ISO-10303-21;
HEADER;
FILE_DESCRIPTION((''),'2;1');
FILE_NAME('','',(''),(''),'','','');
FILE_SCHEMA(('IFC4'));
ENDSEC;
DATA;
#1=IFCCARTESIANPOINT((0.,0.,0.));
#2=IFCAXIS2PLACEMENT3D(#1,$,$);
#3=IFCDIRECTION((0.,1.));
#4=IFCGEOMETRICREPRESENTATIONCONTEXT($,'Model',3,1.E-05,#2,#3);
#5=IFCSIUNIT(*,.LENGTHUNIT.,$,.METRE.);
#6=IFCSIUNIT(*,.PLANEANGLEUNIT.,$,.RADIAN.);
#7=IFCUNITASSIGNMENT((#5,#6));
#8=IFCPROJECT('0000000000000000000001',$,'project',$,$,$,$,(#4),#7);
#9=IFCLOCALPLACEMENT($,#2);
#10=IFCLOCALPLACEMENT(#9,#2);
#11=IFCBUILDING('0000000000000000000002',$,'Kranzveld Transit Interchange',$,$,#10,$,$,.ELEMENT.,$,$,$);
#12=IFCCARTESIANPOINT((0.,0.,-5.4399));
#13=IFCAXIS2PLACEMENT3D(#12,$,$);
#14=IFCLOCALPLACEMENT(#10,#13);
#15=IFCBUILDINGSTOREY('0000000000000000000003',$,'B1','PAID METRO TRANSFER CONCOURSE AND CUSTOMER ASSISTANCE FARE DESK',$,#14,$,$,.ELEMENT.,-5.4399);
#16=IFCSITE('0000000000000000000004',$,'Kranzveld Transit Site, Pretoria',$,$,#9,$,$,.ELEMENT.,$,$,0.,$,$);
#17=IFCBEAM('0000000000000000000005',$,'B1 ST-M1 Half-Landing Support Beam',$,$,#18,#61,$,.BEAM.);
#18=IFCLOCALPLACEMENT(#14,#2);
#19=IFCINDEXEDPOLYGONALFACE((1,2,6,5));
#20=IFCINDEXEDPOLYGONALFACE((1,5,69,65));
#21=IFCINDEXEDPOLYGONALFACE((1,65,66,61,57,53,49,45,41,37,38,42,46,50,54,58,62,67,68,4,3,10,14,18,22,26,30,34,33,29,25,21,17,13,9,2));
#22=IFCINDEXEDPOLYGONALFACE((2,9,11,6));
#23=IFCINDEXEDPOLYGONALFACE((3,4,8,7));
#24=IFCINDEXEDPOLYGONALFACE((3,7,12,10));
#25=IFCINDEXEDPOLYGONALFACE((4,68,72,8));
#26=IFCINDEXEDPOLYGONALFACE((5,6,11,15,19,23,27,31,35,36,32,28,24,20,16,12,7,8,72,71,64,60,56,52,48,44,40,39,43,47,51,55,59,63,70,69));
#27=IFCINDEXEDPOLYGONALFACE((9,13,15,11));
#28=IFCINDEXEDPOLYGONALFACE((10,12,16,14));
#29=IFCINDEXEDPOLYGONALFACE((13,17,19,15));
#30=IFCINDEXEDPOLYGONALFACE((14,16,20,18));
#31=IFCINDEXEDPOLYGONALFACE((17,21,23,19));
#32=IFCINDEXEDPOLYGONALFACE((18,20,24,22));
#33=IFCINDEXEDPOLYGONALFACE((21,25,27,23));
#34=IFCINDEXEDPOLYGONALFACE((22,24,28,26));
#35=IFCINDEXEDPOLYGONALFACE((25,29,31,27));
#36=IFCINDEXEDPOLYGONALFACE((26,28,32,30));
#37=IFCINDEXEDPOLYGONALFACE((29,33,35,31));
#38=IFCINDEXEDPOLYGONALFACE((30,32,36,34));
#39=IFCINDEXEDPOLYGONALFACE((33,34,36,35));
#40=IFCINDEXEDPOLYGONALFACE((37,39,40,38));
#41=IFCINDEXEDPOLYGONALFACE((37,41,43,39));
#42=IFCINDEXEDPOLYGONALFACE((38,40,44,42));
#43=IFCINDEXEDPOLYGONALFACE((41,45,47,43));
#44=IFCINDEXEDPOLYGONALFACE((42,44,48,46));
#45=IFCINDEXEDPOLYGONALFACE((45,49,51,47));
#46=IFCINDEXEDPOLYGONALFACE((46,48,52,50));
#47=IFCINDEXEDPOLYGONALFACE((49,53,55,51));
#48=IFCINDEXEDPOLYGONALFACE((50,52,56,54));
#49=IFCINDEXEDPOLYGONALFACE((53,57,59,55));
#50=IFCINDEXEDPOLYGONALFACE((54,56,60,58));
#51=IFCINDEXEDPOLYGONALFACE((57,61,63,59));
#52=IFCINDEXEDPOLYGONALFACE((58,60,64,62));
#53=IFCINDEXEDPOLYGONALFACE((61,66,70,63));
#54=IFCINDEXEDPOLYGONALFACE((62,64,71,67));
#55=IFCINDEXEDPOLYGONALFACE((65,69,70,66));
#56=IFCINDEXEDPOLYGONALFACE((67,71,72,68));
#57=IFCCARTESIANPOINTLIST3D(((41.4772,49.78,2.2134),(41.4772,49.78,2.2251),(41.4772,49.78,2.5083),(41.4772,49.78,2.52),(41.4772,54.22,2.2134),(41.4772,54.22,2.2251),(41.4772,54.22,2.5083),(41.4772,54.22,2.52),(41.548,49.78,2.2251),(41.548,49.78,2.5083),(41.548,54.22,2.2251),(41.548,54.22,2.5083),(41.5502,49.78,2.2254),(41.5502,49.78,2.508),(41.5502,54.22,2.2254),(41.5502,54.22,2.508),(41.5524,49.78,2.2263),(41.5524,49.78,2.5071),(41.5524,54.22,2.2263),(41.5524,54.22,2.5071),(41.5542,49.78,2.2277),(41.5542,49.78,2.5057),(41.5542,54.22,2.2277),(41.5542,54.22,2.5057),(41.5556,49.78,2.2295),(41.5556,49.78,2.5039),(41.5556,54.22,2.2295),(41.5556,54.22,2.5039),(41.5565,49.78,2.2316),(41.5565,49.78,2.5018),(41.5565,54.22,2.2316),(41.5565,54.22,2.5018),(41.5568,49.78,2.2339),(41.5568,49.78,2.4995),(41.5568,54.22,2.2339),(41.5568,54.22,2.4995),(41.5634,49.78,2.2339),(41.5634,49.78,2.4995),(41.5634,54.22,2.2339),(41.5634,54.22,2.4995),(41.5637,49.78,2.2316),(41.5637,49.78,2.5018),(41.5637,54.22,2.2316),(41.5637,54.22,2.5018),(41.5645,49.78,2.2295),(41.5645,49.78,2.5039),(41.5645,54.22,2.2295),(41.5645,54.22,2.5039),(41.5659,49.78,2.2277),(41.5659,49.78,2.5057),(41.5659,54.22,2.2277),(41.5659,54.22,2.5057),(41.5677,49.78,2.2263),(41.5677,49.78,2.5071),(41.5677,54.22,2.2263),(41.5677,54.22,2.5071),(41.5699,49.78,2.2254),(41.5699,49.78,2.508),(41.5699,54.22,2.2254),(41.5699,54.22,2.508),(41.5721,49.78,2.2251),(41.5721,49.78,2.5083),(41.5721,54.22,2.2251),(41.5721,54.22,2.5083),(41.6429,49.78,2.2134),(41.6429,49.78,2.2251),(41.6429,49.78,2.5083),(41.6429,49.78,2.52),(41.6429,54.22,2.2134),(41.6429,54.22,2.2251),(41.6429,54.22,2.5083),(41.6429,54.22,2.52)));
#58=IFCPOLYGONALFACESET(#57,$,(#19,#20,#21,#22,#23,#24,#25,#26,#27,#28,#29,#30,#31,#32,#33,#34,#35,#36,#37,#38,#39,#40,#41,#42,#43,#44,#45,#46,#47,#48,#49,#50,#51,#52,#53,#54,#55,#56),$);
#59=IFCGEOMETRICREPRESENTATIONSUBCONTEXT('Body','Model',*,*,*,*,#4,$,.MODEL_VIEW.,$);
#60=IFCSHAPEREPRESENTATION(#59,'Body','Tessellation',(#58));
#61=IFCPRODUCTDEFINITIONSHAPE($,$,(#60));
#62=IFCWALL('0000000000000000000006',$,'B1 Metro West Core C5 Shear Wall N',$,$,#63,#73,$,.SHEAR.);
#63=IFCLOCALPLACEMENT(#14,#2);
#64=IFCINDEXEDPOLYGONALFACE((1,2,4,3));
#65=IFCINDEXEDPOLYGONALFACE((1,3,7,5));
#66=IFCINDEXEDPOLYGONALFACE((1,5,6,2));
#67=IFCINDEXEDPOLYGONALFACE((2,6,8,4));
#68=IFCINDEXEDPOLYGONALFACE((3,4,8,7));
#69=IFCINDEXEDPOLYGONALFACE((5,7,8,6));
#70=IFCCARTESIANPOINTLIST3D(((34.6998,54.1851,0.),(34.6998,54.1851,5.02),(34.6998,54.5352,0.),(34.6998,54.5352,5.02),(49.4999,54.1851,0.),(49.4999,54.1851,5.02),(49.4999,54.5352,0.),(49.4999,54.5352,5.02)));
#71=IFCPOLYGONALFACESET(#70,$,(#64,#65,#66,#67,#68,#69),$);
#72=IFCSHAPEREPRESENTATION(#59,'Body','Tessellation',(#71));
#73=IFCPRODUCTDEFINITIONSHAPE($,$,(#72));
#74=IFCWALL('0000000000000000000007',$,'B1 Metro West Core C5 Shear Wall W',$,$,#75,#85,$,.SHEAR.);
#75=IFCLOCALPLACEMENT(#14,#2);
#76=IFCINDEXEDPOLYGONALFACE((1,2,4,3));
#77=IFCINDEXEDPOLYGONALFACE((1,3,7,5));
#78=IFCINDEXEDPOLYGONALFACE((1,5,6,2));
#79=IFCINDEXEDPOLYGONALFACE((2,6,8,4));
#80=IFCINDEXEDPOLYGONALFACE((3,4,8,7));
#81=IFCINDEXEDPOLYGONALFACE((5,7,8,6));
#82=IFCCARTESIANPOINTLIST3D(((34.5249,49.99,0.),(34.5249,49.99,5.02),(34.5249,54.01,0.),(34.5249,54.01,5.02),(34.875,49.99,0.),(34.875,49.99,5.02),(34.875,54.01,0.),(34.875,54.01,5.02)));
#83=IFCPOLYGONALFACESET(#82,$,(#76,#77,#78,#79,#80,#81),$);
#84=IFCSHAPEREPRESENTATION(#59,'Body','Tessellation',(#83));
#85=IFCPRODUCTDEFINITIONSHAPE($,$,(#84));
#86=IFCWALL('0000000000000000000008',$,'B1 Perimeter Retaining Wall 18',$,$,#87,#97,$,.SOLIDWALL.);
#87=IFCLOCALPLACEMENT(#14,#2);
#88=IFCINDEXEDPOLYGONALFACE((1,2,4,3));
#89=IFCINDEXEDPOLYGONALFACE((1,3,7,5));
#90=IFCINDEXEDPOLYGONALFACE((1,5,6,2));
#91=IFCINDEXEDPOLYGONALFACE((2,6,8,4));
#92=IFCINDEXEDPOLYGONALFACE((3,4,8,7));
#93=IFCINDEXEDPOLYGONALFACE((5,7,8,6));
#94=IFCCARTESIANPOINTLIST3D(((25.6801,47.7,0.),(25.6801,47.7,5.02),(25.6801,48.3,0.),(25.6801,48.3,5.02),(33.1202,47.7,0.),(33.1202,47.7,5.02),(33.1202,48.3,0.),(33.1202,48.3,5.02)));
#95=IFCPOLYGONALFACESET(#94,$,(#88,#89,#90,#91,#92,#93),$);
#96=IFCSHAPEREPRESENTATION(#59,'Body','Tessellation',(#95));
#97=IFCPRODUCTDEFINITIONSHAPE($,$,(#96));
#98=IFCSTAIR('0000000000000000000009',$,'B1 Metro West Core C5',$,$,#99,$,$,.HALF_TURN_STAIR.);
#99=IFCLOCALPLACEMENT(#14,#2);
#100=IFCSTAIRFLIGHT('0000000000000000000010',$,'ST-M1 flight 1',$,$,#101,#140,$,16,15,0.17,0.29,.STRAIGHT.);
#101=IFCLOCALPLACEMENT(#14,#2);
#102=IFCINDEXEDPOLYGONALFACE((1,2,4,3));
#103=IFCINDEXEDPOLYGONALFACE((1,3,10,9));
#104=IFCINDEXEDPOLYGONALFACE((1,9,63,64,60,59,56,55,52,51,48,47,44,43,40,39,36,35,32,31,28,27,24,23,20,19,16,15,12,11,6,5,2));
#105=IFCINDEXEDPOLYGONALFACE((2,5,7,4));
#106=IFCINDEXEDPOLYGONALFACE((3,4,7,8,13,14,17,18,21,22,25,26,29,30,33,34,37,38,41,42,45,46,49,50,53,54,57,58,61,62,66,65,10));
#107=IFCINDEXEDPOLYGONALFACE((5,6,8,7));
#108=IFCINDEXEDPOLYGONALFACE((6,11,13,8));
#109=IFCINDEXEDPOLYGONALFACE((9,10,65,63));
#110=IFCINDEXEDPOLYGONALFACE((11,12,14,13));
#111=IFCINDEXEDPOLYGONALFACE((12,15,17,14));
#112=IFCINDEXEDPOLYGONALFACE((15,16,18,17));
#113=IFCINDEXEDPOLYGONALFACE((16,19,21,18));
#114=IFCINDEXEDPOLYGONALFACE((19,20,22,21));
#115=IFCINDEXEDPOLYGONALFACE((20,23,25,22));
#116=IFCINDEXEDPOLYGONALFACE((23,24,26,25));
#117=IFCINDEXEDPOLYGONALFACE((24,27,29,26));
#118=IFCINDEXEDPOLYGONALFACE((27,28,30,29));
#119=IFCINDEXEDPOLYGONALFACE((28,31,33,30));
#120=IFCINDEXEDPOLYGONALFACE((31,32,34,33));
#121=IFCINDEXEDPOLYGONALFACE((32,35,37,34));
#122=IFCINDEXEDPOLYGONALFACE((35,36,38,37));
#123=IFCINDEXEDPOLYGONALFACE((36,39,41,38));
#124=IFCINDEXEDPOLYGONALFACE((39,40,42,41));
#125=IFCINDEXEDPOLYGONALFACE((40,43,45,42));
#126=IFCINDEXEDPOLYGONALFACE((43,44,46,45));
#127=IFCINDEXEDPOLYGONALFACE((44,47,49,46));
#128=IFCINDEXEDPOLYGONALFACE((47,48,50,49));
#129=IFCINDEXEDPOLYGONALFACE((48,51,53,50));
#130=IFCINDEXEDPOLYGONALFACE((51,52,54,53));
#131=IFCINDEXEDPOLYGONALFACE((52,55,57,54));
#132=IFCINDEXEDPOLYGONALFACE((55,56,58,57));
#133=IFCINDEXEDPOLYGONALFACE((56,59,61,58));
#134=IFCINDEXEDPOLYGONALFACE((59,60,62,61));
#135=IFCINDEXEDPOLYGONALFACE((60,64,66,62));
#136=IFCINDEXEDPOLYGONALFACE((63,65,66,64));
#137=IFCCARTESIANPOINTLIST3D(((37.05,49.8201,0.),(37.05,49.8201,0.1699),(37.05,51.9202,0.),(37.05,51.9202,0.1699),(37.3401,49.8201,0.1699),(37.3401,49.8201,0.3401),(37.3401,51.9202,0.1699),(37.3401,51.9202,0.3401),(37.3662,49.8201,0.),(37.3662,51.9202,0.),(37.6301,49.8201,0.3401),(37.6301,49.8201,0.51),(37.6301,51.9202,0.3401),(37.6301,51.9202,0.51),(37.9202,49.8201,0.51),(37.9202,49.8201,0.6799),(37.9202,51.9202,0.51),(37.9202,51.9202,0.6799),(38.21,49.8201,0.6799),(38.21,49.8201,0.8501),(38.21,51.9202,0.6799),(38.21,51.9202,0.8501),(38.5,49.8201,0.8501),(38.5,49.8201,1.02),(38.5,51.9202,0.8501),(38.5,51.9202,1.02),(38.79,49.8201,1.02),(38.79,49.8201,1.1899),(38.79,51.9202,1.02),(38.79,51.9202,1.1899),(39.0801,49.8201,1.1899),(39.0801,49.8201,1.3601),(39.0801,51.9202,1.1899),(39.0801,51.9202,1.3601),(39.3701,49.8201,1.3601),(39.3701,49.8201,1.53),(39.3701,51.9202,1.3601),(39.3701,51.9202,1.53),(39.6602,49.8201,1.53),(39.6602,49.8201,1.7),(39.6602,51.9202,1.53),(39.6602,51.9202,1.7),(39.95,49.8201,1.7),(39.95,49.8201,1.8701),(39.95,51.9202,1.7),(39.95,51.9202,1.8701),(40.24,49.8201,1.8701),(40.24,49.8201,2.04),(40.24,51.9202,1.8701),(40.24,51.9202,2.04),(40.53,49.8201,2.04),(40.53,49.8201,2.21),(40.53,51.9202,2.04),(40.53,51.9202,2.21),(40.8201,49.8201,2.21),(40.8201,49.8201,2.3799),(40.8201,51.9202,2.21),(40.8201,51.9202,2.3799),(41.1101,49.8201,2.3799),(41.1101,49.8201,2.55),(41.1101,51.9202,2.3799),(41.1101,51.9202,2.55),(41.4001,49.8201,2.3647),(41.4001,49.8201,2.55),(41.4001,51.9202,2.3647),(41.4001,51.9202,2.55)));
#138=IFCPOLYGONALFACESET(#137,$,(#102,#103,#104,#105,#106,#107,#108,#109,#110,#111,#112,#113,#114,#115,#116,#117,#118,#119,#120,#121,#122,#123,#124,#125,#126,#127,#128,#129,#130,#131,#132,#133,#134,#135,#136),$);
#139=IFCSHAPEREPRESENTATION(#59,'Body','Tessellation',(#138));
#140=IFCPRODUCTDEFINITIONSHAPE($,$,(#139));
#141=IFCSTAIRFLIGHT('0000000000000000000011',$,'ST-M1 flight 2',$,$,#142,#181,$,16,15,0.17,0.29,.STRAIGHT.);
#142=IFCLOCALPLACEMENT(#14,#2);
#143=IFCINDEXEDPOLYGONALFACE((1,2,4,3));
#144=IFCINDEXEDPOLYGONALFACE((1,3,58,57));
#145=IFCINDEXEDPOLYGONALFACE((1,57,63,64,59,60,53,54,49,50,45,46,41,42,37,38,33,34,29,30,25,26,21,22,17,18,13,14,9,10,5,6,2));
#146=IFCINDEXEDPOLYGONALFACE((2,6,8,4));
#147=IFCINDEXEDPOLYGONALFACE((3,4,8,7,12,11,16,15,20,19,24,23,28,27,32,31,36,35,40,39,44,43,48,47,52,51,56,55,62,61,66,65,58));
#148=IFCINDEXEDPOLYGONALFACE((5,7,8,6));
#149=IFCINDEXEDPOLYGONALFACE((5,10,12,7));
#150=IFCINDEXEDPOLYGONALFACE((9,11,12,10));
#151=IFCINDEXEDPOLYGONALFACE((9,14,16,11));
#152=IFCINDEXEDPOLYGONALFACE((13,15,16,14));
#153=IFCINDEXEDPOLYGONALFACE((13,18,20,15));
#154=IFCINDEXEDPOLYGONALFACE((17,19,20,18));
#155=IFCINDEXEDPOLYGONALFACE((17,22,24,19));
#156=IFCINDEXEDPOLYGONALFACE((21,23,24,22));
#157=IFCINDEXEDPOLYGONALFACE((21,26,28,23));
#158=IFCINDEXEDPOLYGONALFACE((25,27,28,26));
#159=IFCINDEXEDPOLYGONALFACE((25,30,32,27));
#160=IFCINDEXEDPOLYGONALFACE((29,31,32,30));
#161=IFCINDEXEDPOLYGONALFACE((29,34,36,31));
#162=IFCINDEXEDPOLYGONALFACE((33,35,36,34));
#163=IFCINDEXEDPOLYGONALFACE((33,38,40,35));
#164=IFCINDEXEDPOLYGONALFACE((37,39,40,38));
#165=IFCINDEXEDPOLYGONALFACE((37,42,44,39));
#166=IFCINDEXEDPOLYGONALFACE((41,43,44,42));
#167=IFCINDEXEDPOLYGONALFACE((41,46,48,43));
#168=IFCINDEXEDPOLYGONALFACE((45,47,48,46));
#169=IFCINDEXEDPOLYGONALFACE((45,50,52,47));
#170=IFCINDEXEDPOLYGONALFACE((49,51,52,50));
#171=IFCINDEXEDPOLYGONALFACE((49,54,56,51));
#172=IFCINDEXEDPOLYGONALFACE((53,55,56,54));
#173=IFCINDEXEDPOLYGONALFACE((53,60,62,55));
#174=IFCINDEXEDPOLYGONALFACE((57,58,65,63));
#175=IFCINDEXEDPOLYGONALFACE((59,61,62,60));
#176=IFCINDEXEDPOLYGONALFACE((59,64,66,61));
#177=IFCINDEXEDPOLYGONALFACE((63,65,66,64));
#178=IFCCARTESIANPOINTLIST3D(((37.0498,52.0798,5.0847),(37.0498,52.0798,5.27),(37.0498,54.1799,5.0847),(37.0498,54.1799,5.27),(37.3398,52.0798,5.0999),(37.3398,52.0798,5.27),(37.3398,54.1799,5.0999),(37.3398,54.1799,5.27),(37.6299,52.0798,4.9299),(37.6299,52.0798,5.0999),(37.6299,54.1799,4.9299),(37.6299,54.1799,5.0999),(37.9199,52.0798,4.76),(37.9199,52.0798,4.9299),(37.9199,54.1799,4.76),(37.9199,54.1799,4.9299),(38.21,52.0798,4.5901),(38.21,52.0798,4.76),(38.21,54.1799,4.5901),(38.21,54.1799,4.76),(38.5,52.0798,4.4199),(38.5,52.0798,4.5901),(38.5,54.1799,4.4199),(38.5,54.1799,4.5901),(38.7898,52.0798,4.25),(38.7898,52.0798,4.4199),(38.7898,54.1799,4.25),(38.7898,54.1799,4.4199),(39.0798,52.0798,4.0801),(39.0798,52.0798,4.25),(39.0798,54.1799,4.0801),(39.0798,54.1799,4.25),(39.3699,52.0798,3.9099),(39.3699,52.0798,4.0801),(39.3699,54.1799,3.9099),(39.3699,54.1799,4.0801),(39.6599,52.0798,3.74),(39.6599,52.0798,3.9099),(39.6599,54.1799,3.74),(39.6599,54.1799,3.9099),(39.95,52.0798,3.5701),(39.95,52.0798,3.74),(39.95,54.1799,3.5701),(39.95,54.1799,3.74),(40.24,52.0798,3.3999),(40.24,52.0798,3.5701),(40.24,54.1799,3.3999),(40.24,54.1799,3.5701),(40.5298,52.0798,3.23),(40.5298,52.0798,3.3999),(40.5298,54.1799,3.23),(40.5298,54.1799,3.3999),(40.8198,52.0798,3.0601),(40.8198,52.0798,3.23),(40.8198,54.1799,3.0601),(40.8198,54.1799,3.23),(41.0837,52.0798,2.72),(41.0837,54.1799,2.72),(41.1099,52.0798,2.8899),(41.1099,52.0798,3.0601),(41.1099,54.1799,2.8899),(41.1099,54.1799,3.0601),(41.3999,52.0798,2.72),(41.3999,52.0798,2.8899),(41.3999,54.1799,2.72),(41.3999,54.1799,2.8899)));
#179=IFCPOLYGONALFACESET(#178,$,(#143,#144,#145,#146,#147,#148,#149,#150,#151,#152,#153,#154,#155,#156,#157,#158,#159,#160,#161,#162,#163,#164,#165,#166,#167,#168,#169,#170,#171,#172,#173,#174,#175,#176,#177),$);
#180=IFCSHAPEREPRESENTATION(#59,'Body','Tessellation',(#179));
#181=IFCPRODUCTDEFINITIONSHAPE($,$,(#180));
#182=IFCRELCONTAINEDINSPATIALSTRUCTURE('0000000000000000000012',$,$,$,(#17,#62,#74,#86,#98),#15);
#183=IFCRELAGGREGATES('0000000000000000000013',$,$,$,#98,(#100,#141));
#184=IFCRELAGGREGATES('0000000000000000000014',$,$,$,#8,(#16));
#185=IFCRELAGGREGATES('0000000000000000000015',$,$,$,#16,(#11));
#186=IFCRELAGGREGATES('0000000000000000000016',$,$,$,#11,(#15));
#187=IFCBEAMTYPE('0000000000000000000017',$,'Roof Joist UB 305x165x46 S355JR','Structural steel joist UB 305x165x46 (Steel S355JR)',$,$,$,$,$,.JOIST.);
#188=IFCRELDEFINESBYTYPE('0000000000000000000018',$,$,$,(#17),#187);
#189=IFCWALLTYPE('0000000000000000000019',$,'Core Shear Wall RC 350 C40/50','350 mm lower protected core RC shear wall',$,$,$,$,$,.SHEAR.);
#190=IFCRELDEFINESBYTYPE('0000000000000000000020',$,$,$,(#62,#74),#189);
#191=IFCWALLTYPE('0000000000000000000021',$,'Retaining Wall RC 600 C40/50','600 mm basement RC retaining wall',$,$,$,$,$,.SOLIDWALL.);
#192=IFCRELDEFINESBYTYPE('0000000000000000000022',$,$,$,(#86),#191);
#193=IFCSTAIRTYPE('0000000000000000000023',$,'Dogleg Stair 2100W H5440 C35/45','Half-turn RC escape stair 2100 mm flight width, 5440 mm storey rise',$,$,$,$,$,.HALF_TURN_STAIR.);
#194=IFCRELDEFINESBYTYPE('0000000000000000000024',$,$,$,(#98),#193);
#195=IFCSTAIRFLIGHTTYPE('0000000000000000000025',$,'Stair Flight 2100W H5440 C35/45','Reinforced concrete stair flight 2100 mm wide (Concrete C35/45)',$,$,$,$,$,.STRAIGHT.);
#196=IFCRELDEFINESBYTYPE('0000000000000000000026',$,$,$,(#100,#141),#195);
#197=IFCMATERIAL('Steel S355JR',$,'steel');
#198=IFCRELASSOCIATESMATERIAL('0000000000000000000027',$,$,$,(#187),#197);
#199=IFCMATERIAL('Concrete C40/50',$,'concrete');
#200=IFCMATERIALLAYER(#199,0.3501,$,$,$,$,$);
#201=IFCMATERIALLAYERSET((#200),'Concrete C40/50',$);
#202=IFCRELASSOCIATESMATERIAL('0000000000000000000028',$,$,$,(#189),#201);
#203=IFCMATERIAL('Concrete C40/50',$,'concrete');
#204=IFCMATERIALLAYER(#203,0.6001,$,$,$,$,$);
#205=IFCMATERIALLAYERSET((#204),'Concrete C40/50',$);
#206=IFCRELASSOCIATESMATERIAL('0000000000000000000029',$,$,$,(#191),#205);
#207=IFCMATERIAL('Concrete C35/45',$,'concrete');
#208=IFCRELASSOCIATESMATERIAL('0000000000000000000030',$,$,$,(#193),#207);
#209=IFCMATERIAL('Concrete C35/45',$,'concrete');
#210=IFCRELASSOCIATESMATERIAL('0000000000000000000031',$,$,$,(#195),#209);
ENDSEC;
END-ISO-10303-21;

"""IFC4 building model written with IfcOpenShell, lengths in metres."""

from ifc_helpers import new_model, si_unit, direction, frame, frame_2d, origin, origin_2d, place, context, subcontext, project, spatial, polyline, rectangle, i_section, outline, extrude, material, layer, layer_set, material_profile, profile_set, type_object, element, aggregate, save


model = new_model("IFC4")

# Units and contexts
model_context = context("Model", 3, precision=1e-05, world=origin(), true_north=direction((0.0, 1.0)))
body_context = subcontext(model_context, "Body", "Model", "MODEL_VIEW")
ifc_project = project(units=[si_unit("LENGTHUNIT", "METRE"), si_unit("PLANEANGLEUNIT", "RADIAN")], contexts=[model_context])

# Site, building, storey
site_placement = place(None, origin())
site = spatial("IfcSite", under=ifc_project, at=site_placement, Name="Kranzveld Transit Site, Pretoria", CompositionType="ELEMENT", RefElevation=0.0)
building_placement = place(site_placement, origin())
building = spatial("IfcBuilding", under=site, at=building_placement, Name="Kranzveld Transit Interchange", CompositionType="ELEMENT")
storey_placement = place(building_placement, frame((0.0, 0.0, -5.4399)))
storey = spatial("IfcBuildingStorey", under=building, at=storey_placement, Name="B1", Description="PAID METRO TRANSFER CONCOURSE AND CUSTOMER ASSISTANCE FARE DESK", CompositionType="ELEMENT", Elevation=-5.4399)

# Beam
ifc_material_1 = material(Name="Steel S355JR", Category="steel")
ifc_material_profile_1 = material_profile(ifc_material_1, i_section(OverallWidth=0.1658, OverallDepth=0.3066, WebThickness=0.0066, FlangeThickness=0.0117, FilletRadius=0.0088, at=origin_2d()), Name="UB 305x165x46")
ifc_profile_set_1 = profile_set([ifc_material_profile_1], Name="Steel S355JR")
beam_type_1 = type_object("IfcBeamType", Name="Roof Joist UB 305x165x46 S355JR", Description="Structural steel joist UB 305x165x46 (Steel S355JR)", PredefinedType="JOIST", material=ifc_profile_set_1)
beam_1_placement = place(storey_placement, frame((41.5601, 49.78, 2.3667), z_axis=(0.0, 1.0, 0.0), x_axis=(-1.0, 0.0, 0.0)))
element("IfcBeam", 1, at=beam_1_placement, inside=storey, type_object=beam_type_1, Name="B1 ST-M1 Half-Landing Support Beam", PredefinedType="BEAM", context=body_context, shape_type="SweptSolid", body=[
    extrude(i_section(OverallWidth=0.1658, OverallDepth=0.3066, WebThickness=0.0066, FlangeThickness=0.0117, FilletRadius=0.0088, at=origin_2d()), origin(), (0.0, 0.0, 1.0), 4.4399),
])

# Shared definitions
ifc_material_2 = material(Name="Concrete C40/50", Category="concrete")
ifc_layer_1 = layer(ifc_material_2, 0.3501)
ifc_layer_set_1 = layer_set([ifc_layer_1], Name="Concrete C40/50")
wall_type_1 = type_object("IfcWallType", Name="Core Shear Wall RC 350 C40/50", Description="350 mm lower protected core RC shear wall", PredefinedType="SHEAR", material=ifc_layer_set_1)

# Walls
wall_1_placement = place(storey_placement, frame((34.7, 54.3601, 0.0), z_axis=(0.0, 0.0, 1.0), x_axis=(1.0, 0.0, 0.0)))
element("IfcWall", 2, at=wall_1_placement, inside=storey, type_object=wall_type_1, Name="B1 Metro West Core C5 Shear Wall N", PredefinedType="SHEAR", context=body_context, shape_type="SweptSolid", body=[
    extrude(rectangle(XDim=14.8, YDim=0.3501, at=frame_2d((7.3999, 0.0))), origin(), (0.0, 0.0, 1.0), 5.02),
])
wall_2_placement = place(storey_placement, frame((34.7, 49.99, 0.0), z_axis=(0.0, 0.0, 1.0), x_axis=(0.0, 1.0, 0.0)))
element("IfcWall", 3, at=wall_2_placement, inside=storey, type_object=wall_type_1, Name="B1 Metro West Core C5 Shear Wall W", PredefinedType="SHEAR", context=body_context, shape_type="SweptSolid", body=[
    extrude(rectangle(XDim=4.02, YDim=0.3501, at=frame_2d((2.01, 0.0))), origin(), (0.0, 0.0, 1.0), 5.02),
])
ifc_material_3 = material(Name="Concrete C40/50", Category="concrete")
ifc_layer_2 = layer(ifc_material_3, 0.6001)
ifc_layer_set_2 = layer_set([ifc_layer_2], Name="Concrete C40/50")
wall_type_2 = type_object("IfcWallType", Name="Retaining Wall RC 600 C40/50", Description="600 mm basement RC retaining wall", PredefinedType="SOLIDWALL", material=ifc_layer_set_2)
wall_3_placement = place(storey_placement, frame((25.6799, 48.0, 0.0), z_axis=(0.0, 0.0, 1.0), x_axis=(1.0, 0.0, 0.0)))
element("IfcWall", 4, at=wall_3_placement, inside=storey, type_object=wall_type_2, Name="B1 Perimeter Retaining Wall 18", PredefinedType="SOLIDWALL", context=body_context, shape_type="SweptSolid", body=[
    extrude(rectangle(XDim=7.4402, YDim=0.6001, at=frame_2d((3.7202, 0.0))), origin(), (0.0, 0.0, 1.0), 5.02),
])

# Stair, stair flights
ifc_material_4 = material(Name="Concrete C35/45", Category="concrete")
stair_type = type_object("IfcStairType", Name="Dogleg Stair 2100W H5440 C35/45", Description="Half-turn RC escape stair 2100 mm flight width, 5440 mm storey rise", PredefinedType="HALF_TURN_STAIR", material=ifc_material_4)
stair_placement = place(storey_placement, origin())
stair = element("IfcStair", 5, at=stair_placement, inside=storey, type_object=stair_type, Name="B1 Metro West Core C5", PredefinedType="HALF_TURN_STAIR")
ifc_material_5 = material(Name="Concrete C35/45", Category="concrete")
stair_flight_type = type_object("IfcStairFlightType", Name="Stair Flight 2100W H5440 C35/45", Description="Reinforced concrete stair flight 2100 mm wide (Concrete C35/45)", PredefinedType="STRAIGHT", material=ifc_material_5)
stair_flight_1_placement = place(storey_placement, frame((37.05, 50.8701, 0.0), z_axis=(0.0, 0.0, 1.0), x_axis=(1.0, 0.0, 0.0)))
stair_flight_1 = element("IfcStairFlight", 6, at=stair_flight_1_placement, type_object=stair_flight_type, Name="ST-M1 flight 1", NumberOfRisers=16, NumberOfTreads=15, PredefinedType="STRAIGHT", RiserHeight=0.17, TreadLength=0.29, context=body_context, shape_type="SweptSolid", body=[
    extrude(outline(polyline([(0.0, 0.0), (0.0, 0.1699), (0.29, 0.1699), (0.29, 0.3401), (0.5801, 0.3401), (0.5801, 0.51), (0.8701, 0.51), (0.8701, 0.6799), (1.1599, 0.6799), (1.1599, 0.8501), (1.45, 0.8501), (1.45, 1.02), (1.74, 1.02), (1.74, 1.1899), (2.03, 1.1899), (2.03, 1.3601), (2.3201, 1.3601), (2.3201, 1.53), (2.6101, 1.53), (2.6101, 1.7), (2.8999, 1.7), (2.8999, 1.8701), (3.1899, 1.8701), (3.1899, 2.04), (3.48, 2.04), (3.48, 2.21), (3.77, 2.21), (3.77, 2.3799), (4.0601, 2.3799), (4.0601, 2.55), (4.3501, 2.55), (4.3501, 2.72), (4.3501, 2.3647), (0.3162, 0.0), (0.0, 0.0)])), frame((0.0, 1.05, 0.0), z_axis=(0.0, -1.0, 0.0), x_axis=(1.0, 0.0, 0.0)), (0.0, 0.0, 1.0), 2.1001),
])
stair_flight_2_placement = place(storey_placement, frame((41.3999, 53.1299, 2.72), z_axis=(0.0, 0.0, 1.0), x_axis=(-1.0, 0.0, 0.0)))
stair_flight_2 = element("IfcStairFlight", 7, at=stair_flight_2_placement, type_object=stair_flight_type, Name="ST-M1 flight 2", NumberOfRisers=16, NumberOfTreads=15, PredefinedType="STRAIGHT", RiserHeight=0.17, TreadLength=0.29, context=body_context, shape_type="SweptSolid", body=[
    extrude(outline(polyline([(0.0, 0.0), (0.0, 0.1699), (0.29, 0.1699), (0.29, 0.3401), (0.5801, 0.3401), (0.5801, 0.51), (0.8701, 0.51), (0.8701, 0.6799), (1.1599, 0.6799), (1.1599, 0.8501), (1.45, 0.8501), (1.45, 1.02), (1.74, 1.02), (1.74, 1.1899), (2.03, 1.1899), (2.03, 1.3601), (2.3201, 1.3601), (2.3201, 1.53), (2.6101, 1.53), (2.6101, 1.7), (2.8999, 1.7), (2.8999, 1.8701), (3.1899, 1.8701), (3.1899, 2.04), (3.48, 2.04), (3.48, 2.21), (3.77, 2.21), (3.77, 2.3799), (4.0601, 2.3799), (4.0601, 2.55), (4.3501, 2.55), (4.3501, 2.72), (4.3501, 2.3647), (0.3162, 0.0), (0.0, 0.0)])), frame((0.0, 1.05, 0.0), z_axis=(0.0, -1.0, 0.0), x_axis=(1.0, 0.0, 0.0)), (0.0, 0.0, 1.0), 2.1001),
])
aggregate(stair, [stair_flight_1, stair_flight_2])

save(model, "model.ifc")
